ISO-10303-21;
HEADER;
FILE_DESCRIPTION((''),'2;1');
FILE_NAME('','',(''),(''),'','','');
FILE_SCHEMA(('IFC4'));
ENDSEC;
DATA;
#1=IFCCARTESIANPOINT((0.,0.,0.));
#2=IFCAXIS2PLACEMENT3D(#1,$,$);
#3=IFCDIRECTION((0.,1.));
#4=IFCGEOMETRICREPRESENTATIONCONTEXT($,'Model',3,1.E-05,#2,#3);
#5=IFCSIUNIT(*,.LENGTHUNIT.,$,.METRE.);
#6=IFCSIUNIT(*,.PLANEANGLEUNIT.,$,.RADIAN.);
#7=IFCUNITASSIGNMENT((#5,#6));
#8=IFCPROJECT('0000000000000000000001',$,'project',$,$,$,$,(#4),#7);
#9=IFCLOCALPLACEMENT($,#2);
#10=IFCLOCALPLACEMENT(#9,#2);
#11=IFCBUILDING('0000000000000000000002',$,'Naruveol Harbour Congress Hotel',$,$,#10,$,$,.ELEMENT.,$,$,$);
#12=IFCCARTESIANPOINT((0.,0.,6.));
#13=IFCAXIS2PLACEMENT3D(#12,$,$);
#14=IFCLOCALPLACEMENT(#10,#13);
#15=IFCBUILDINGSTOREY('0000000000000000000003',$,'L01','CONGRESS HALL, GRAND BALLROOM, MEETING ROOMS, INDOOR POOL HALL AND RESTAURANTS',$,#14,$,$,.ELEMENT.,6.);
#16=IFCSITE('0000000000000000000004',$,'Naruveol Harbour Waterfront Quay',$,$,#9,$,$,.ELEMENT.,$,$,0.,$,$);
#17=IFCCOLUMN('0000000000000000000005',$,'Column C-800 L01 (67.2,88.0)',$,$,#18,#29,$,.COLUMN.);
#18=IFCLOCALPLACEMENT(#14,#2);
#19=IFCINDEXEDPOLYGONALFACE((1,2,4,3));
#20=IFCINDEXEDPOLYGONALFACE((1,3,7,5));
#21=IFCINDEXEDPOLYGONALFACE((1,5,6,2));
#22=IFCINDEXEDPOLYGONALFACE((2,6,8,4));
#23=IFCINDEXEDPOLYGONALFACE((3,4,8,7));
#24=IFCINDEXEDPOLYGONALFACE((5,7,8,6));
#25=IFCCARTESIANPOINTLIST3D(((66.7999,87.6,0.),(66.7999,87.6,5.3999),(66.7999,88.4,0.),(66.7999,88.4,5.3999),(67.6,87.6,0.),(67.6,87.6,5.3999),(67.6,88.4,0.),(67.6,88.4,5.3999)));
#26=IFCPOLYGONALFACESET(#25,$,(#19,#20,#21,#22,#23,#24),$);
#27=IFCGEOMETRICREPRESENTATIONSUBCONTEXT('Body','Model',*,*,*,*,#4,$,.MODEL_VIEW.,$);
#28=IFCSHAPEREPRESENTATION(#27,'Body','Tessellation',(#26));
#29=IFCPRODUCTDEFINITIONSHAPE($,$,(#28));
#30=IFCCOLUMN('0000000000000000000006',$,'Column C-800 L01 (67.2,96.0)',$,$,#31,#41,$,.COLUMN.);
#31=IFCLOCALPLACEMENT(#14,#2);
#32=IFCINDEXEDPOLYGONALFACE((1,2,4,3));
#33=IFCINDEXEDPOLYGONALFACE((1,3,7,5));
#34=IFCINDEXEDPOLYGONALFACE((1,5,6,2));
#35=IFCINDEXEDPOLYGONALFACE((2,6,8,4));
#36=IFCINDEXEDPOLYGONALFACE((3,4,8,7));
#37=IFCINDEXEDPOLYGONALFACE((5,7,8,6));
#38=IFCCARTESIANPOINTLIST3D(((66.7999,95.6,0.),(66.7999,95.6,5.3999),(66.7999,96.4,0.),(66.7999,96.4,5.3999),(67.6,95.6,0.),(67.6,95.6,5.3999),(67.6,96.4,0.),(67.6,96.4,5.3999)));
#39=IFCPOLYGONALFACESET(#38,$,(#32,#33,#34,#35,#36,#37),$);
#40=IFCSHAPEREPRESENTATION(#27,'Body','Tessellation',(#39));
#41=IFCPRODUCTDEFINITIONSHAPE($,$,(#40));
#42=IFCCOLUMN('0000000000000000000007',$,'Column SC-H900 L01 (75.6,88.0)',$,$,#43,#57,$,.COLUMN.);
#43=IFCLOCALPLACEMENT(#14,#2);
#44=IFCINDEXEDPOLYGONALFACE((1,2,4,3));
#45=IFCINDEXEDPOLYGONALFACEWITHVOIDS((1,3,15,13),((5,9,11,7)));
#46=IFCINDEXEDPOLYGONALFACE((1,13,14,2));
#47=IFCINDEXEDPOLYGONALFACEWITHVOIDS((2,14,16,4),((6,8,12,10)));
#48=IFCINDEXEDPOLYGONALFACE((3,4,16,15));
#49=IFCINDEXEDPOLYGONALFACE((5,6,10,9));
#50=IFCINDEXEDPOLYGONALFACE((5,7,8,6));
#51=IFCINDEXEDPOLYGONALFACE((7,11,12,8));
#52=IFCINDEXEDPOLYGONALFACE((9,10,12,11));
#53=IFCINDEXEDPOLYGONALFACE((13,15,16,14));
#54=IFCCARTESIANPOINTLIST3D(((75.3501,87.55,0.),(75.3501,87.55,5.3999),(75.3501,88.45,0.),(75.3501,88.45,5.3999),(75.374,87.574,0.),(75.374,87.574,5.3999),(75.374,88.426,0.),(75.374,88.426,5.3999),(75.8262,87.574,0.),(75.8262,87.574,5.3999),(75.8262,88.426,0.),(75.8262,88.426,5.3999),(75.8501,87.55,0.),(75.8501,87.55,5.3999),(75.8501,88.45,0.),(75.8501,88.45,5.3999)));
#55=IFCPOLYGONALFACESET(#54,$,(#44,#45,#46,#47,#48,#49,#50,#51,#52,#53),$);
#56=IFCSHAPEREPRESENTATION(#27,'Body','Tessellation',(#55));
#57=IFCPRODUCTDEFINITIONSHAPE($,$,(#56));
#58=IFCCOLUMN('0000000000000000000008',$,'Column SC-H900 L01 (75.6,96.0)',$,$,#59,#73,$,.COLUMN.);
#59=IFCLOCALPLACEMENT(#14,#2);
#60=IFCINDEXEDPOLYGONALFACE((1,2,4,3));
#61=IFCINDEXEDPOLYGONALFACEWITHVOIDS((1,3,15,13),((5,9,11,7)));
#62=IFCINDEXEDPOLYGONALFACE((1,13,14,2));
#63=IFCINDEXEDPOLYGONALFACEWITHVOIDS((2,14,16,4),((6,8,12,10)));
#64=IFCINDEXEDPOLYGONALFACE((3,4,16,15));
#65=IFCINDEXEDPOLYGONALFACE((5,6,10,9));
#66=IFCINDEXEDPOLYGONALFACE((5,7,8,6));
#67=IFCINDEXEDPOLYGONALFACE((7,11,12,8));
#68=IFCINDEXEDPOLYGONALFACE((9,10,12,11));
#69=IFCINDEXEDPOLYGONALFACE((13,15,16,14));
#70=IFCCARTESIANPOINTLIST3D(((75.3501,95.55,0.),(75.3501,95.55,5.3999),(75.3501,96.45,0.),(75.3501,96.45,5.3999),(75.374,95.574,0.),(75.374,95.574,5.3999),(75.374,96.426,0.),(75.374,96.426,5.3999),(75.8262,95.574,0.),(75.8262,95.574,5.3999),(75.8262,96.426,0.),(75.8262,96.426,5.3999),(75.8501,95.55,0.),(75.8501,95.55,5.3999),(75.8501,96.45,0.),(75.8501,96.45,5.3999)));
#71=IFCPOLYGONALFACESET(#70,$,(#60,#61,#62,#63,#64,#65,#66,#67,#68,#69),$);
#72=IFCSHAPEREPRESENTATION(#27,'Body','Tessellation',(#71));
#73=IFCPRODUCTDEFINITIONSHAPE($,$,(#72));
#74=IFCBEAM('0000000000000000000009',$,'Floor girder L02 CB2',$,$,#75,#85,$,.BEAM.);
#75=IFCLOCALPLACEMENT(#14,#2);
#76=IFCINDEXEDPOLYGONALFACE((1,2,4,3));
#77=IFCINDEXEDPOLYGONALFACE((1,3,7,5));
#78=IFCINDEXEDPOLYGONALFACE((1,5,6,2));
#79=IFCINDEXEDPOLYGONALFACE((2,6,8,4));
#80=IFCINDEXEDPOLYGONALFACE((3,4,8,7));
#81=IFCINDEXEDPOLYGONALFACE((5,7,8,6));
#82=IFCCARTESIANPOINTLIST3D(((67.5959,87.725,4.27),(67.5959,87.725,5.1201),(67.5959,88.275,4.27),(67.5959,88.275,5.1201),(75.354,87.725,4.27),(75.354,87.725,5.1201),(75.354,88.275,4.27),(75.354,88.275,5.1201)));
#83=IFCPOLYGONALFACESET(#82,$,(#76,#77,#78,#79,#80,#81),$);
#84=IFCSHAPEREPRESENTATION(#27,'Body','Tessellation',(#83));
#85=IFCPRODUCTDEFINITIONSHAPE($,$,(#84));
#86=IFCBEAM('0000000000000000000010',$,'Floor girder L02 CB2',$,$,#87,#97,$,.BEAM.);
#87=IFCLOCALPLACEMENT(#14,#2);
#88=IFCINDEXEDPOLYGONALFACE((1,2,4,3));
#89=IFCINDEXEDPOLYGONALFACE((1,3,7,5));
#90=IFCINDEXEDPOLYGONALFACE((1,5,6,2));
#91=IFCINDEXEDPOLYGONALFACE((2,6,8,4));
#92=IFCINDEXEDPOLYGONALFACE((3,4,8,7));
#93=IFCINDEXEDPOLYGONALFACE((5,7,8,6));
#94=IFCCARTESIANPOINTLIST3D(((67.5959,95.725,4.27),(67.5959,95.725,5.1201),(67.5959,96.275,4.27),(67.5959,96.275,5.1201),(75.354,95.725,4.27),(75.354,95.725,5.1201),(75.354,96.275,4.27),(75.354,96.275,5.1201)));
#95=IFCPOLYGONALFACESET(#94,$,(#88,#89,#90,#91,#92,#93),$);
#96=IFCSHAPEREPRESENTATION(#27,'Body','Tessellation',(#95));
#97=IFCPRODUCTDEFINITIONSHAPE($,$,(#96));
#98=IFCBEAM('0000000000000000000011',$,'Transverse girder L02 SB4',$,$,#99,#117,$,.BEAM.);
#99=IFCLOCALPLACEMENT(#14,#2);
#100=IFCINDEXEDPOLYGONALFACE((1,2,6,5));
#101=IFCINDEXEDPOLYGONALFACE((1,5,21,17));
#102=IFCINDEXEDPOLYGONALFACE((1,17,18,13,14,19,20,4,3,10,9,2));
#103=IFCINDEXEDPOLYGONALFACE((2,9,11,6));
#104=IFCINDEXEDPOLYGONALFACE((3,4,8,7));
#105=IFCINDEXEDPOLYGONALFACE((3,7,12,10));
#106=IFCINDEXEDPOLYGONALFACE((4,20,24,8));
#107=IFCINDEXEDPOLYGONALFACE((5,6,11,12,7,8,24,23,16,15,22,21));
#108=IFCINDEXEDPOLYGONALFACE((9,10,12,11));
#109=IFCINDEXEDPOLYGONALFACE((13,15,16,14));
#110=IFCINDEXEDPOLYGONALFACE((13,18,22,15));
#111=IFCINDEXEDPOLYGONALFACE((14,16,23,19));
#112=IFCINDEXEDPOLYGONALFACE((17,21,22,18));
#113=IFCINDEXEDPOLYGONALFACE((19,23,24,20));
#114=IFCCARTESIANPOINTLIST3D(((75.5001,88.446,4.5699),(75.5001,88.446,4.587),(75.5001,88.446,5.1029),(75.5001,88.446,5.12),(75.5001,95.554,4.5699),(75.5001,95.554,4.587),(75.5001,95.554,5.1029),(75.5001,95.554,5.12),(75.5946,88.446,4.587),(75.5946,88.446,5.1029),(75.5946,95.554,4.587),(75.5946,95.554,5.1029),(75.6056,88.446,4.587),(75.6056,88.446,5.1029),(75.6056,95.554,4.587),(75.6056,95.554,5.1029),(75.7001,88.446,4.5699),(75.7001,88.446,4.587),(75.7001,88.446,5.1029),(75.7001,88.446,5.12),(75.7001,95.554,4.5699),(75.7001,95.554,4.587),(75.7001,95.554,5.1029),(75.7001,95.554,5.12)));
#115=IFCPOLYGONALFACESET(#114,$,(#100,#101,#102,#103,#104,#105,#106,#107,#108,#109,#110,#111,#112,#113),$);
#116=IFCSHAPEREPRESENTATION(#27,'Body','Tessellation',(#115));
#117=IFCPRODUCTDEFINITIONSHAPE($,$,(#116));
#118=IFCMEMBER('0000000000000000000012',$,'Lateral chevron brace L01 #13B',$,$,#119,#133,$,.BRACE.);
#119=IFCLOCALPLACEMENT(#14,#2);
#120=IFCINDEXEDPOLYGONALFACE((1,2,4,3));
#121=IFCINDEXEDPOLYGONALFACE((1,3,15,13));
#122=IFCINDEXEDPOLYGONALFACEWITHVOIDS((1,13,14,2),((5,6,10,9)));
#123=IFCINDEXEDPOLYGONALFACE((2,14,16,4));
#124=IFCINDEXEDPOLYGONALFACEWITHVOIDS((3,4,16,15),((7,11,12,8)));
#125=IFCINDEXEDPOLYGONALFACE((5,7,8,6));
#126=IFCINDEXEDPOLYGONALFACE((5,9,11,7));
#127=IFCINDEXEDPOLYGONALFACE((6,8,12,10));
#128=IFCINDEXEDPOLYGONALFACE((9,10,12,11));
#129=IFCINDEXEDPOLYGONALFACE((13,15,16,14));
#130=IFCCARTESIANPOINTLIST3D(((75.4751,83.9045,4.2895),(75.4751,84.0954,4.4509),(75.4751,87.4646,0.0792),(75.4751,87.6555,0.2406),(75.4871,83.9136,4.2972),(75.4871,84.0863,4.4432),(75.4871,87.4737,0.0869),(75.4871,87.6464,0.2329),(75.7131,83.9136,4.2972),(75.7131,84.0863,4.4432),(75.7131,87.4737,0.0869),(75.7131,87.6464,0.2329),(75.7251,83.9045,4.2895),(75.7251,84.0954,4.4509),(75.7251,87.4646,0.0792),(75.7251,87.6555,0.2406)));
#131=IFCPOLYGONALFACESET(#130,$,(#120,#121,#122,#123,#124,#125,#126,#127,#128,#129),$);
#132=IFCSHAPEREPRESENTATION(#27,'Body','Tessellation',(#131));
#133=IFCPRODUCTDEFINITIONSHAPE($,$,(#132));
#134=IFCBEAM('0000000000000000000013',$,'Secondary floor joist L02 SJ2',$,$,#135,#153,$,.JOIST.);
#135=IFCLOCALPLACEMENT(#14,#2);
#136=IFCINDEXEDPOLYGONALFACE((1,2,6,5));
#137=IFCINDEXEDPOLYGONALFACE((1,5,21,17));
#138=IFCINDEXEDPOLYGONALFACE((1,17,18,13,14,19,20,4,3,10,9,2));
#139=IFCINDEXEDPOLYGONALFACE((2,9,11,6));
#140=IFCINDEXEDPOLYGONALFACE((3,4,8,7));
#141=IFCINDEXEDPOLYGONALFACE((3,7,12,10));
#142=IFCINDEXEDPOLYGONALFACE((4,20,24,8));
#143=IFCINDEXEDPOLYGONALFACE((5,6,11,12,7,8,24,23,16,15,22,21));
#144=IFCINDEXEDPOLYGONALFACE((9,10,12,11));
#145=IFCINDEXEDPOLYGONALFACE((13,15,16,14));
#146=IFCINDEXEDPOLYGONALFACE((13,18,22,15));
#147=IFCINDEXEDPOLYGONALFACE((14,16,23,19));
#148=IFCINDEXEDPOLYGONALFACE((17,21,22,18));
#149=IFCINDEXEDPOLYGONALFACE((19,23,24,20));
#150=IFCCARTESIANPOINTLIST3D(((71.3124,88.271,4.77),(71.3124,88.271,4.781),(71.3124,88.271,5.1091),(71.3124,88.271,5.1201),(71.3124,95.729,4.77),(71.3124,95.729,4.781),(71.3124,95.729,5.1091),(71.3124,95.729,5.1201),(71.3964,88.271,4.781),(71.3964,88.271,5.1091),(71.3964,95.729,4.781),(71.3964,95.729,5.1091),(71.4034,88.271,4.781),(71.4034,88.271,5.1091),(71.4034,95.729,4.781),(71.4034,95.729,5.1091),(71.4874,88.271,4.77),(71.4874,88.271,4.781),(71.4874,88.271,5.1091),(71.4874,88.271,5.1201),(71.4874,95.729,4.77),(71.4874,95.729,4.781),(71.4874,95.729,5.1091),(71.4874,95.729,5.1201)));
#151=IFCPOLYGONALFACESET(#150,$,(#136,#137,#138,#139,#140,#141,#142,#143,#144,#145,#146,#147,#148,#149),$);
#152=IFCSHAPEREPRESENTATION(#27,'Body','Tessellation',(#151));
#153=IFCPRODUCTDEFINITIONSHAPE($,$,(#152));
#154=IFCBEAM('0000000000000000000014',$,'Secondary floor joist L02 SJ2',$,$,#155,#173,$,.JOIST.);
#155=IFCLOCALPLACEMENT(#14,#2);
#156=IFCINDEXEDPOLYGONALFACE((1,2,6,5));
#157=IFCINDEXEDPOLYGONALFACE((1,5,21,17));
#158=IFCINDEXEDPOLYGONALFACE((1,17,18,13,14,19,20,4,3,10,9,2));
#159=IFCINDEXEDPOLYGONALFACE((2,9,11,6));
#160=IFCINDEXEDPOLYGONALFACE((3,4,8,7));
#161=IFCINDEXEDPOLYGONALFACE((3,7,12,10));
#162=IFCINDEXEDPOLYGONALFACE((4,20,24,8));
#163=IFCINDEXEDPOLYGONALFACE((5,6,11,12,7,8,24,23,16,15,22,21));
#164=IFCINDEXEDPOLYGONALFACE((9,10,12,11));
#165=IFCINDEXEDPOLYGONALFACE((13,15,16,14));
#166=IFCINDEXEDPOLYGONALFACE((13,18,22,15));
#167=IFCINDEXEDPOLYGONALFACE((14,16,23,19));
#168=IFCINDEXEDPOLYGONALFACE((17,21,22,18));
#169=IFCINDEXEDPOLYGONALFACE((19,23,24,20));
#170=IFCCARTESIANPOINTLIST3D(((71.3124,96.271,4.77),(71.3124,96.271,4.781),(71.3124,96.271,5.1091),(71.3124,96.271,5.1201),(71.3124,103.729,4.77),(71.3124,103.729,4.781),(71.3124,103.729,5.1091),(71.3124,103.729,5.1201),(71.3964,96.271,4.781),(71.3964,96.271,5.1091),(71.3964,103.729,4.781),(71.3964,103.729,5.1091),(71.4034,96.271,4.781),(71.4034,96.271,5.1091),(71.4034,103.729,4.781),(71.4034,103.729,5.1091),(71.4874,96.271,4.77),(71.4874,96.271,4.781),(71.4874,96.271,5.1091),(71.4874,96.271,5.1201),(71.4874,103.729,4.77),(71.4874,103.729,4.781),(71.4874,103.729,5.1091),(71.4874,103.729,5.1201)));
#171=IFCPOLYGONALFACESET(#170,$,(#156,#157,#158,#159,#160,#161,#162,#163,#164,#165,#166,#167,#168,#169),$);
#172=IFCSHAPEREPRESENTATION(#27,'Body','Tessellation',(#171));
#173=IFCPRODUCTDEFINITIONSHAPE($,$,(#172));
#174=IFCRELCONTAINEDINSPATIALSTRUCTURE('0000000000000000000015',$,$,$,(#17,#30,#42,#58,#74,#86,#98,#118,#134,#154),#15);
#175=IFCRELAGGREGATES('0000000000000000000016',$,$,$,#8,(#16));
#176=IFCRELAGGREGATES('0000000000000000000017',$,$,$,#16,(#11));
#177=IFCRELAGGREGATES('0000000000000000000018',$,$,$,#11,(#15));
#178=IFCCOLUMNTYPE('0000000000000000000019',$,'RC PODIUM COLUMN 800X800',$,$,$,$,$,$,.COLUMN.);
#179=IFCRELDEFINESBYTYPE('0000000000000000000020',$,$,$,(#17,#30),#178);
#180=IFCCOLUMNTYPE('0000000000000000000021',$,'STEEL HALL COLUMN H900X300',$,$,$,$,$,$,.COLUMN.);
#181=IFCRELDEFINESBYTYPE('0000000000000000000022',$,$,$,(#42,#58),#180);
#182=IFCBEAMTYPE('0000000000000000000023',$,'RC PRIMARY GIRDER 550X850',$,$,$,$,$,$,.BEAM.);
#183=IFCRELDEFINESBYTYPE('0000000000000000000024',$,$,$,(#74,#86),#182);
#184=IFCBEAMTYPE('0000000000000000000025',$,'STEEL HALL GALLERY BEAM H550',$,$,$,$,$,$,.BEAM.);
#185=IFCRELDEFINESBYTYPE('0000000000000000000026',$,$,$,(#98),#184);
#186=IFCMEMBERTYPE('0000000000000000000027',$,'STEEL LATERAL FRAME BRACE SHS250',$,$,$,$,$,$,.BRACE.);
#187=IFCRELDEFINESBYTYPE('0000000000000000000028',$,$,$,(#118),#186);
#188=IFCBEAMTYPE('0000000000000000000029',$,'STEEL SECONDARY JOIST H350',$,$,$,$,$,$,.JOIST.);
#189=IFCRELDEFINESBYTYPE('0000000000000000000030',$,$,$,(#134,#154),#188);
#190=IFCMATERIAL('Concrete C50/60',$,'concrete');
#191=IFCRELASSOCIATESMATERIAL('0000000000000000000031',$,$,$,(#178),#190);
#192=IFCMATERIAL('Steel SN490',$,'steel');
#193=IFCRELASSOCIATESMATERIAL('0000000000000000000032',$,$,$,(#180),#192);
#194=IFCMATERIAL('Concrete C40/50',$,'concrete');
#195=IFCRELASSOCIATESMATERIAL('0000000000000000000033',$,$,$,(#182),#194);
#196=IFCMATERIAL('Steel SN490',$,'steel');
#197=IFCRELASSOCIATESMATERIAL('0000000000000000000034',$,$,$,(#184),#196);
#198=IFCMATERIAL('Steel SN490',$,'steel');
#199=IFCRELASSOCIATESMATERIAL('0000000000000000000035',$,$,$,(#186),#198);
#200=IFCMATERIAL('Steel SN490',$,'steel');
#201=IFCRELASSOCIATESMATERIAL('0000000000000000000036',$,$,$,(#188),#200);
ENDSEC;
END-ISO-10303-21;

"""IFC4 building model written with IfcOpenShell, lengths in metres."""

from ifc_helpers import new_model, si_unit, direction, frame, origin, origin_2d, place, context, subcontext, project, spatial, rectangle, hollow_rectangle, i_section, extrude, material, material_profile, profile_set, type_object, element, save


model = new_model("IFC4")

# Units and contexts
model_context = context("Model", 3, precision=1e-05, world=origin(), true_north=direction((0.0, 1.0)))
body_context = subcontext(model_context, "Body", "Model", "MODEL_VIEW")
ifc_project = project(units=[si_unit("LENGTHUNIT", "METRE"), si_unit("PLANEANGLEUNIT", "RADIAN")], contexts=[model_context])

# Site, building, storey
site_placement = place(None, origin())
site = spatial("IfcSite", under=ifc_project, at=site_placement, Name="Naruveol Harbour Waterfront Quay", CompositionType="ELEMENT", RefElevation=0.0)
building_placement = place(site_placement, origin())
building = spatial("IfcBuilding", under=site, at=building_placement, Name="Naruveol Harbour Congress Hotel", CompositionType="ELEMENT")
storey_placement = place(building_placement, frame((0.0, 0.0, 6.0)))
storey = spatial("IfcBuildingStorey", under=building, at=storey_placement, Name="L01", Description="CONGRESS HALL, GRAND BALLROOM, MEETING ROOMS, INDOOR POOL HALL AND RESTAURANTS", CompositionType="ELEMENT", Elevation=6.0)

# Columns
ifc_material_1 = material(Name="Concrete C50/60", Category="concrete")
ifc_material_profile_1 = material_profile(ifc_material_1, rectangle(XDim=0.8, YDim=0.8, at=origin_2d()), Name="RC-800x800")
ifc_profile_set_1 = profile_set([ifc_material_profile_1], Name="Concrete C50/60")
column_type_1 = type_object("IfcColumnType", Name="RC PODIUM COLUMN 800X800", PredefinedType="COLUMN", material=ifc_profile_set_1)
for number, where, z_axis, x_axis, name in (
    (1, (67.2, 88.0, 0.0), (0.0, 0.0, 1.0), (1.0, 0.0, 0.0), "Column C-800 L01 (67.2,88.0)"),
    (2, (67.2, 96.0, 0.0), (0.0, 0.0, 1.0), (1.0, 0.0, 0.0), "Column C-800 L01 (67.2,96.0)"),
):
    element("IfcColumn", number, at=place(storey_placement, frame(where, z_axis=z_axis, x_axis=x_axis)), inside=storey, type_object=column_type_1, Name=name, PredefinedType="COLUMN", context=body_context, shape_type="SweptSolid", body=[
        extrude(rectangle(XDim=0.8, YDim=0.8, at=origin_2d()), origin(), (0.0, 0.0, 1.0), 5.3999),
    ])
ifc_material_2 = material(Name="Steel SN490", Category="steel")
ifc_material_profile_2 = material_profile(ifc_material_2, hollow_rectangle(XDim=0.5, YDim=0.8999, WallThickness=0.0239, at=origin_2d()), Name="RHS-900x500x24")
ifc_profile_set_2 = profile_set([ifc_material_profile_2], Name="Steel SN490")
column_type_2 = type_object("IfcColumnType", Name="STEEL HALL COLUMN H900X300", PredefinedType="COLUMN", material=ifc_profile_set_2)
for number, where, z_axis, x_axis, name in (
    (3, (75.6001, 88.0, 0.0), (0.0, 0.0, 1.0), (1.0, 0.0, 0.0), "Column SC-H900 L01 (75.6,88.0)"),
    (4, (75.6001, 96.0, 0.0), (0.0, 0.0, 1.0), (1.0, 0.0, 0.0), "Column SC-H900 L01 (75.6,96.0)"),
):
    element("IfcColumn", number, at=place(storey_placement, frame(where, z_axis=z_axis, x_axis=x_axis)), inside=storey, type_object=column_type_2, Name=name, PredefinedType="COLUMN", context=body_context, shape_type="SweptSolid", body=[
        extrude(hollow_rectangle(XDim=0.5, YDim=0.8999, WallThickness=0.0239, at=origin_2d()), origin(), (0.0, 0.0, 1.0), 5.3999),
    ])

# Beams
ifc_material_3 = material(Name="Concrete C40/50", Category="concrete")
ifc_material_profile_3 = material_profile(ifc_material_3, rectangle(XDim=0.55, YDim=0.8501, at=origin_2d()), Name="RCB-550x850")
ifc_profile_set_3 = profile_set([ifc_material_profile_3], Name="Concrete C40/50")
beam_type_1 = type_object("IfcBeamType", Name="RC PRIMARY GIRDER 550X850", PredefinedType="BEAM", material=ifc_profile_set_3)
for number, where, z_axis, x_axis, name in (
    (5, (67.5959, 88.0, 4.6951), (1.0, 0.0, 0.0), (0.0, 1.0, 0.0), "Floor girder L02 CB2"),
    (6, (67.5959, 96.0, 4.6951), (1.0, 0.0, 0.0), (0.0, 1.0, 0.0), "Floor girder L02 CB2"),
):
    element("IfcBeam", number, at=place(storey_placement, frame(where, z_axis=z_axis, x_axis=x_axis)), inside=storey, type_object=beam_type_1, Name=name, PredefinedType="BEAM", context=body_context, shape_type="SweptSolid", body=[
        extrude(rectangle(XDim=0.55, YDim=0.8501, at=origin_2d()), origin(), (0.0, 0.0, 1.0), 7.7581),
    ])
ifc_material_4 = material(Name="Steel SN490", Category="steel")
ifc_material_profile_4 = material_profile(ifc_material_4, i_section(OverallWidth=0.2, OverallDepth=0.55, WebThickness=0.011, FlangeThickness=0.0171, at=origin_2d()), Name="H-550x200x11x17")
ifc_profile_set_4 = profile_set([ifc_material_profile_4], Name="Steel SN490")
beam_type_2 = type_object("IfcBeamType", Name="STEEL HALL GALLERY BEAM H550", PredefinedType="BEAM", material=ifc_profile_set_4)
beam_placement = place(storey_placement, frame((75.6001, 88.446, 4.845), z_axis=(0.0, 1.0, 0.0), x_axis=(-1.0, 0.0, 0.0)))
element("IfcBeam", 7, at=beam_placement, inside=storey, type_object=beam_type_2, Name="Transverse girder L02 SB4", PredefinedType="BEAM", context=body_context, shape_type="SweptSolid", body=[
    extrude(i_section(OverallWidth=0.2, OverallDepth=0.55, WebThickness=0.011, FlangeThickness=0.0171, at=origin_2d()), origin(), (0.0, 0.0, 1.0), 7.1079),
])

# Member
ifc_material_5 = material(Name="Steel SN490", Category="steel")
ifc_material_profile_5 = material_profile(ifc_material_5, hollow_rectangle(XDim=0.25, YDim=0.25, WallThickness=0.012, at=origin_2d()), Name="SHS-250x250x12")
ifc_profile_set_5 = profile_set([ifc_material_profile_5], Name="Steel SN490")
member_type_1 = type_object("IfcMemberType", Name="STEEL LATERAL FRAME BRACE SHS250", PredefinedType="BRACE", material=ifc_profile_set_5)
member_1_placement = place(storey_placement, frame((75.6001, 87.5601, 0.1599), z_axis=(0.0, -0.645686, 0.763603), x_axis=(1.0, 0.0, 0.0)))
element("IfcMember", 8, at=member_1_placement, inside=storey, type_object=member_type_1, Name="Lateral chevron brace L01 #13B", PredefinedType="BRACE", context=body_context, shape_type="SweptSolid", body=[
    extrude(hollow_rectangle(XDim=0.25, YDim=0.25, WallThickness=0.012, at=origin_2d()), origin(), (0.0, 0.0, 1.0), 5.5137),
])

# Beams
ifc_material_6 = material(Name="Steel SN490", Category="steel")
ifc_material_profile_6 = material_profile(ifc_material_6, i_section(OverallWidth=0.175, OverallDepth=0.3501, WebThickness=0.0071, FlangeThickness=0.011, at=origin_2d()), Name="H-350x175x7x11")
ifc_profile_set_6 = profile_set([ifc_material_profile_6], Name="Steel SN490")
beam_type_3 = type_object("IfcBeamType", Name="STEEL SECONDARY JOIST H350", PredefinedType="JOIST", material=ifc_profile_set_6)
for number, where, z_axis, x_axis, name in (
    (9, (71.3999, 88.271, 4.9451), (0.0, 1.0, 0.0), (-1.0, 0.0, 0.0), "Secondary floor joist L02 SJ2"),
    (10, (71.3999, 96.271, 4.9451), (0.0, 1.0, 0.0), (-1.0, 0.0, 0.0), "Secondary floor joist L02 SJ2"),
):
    element("IfcBeam", number, at=place(storey_placement, frame(where, z_axis=z_axis, x_axis=x_axis)), inside=storey, type_object=beam_type_3, Name=name, PredefinedType="JOIST", context=body_context, shape_type="SweptSolid", body=[
        extrude(i_section(OverallWidth=0.175, OverallDepth=0.3501, WebThickness=0.0071, FlangeThickness=0.011, at=origin_2d()), origin(), (0.0, 0.0, 1.0), 7.458),
    ])

save(model, "model.ifc")
